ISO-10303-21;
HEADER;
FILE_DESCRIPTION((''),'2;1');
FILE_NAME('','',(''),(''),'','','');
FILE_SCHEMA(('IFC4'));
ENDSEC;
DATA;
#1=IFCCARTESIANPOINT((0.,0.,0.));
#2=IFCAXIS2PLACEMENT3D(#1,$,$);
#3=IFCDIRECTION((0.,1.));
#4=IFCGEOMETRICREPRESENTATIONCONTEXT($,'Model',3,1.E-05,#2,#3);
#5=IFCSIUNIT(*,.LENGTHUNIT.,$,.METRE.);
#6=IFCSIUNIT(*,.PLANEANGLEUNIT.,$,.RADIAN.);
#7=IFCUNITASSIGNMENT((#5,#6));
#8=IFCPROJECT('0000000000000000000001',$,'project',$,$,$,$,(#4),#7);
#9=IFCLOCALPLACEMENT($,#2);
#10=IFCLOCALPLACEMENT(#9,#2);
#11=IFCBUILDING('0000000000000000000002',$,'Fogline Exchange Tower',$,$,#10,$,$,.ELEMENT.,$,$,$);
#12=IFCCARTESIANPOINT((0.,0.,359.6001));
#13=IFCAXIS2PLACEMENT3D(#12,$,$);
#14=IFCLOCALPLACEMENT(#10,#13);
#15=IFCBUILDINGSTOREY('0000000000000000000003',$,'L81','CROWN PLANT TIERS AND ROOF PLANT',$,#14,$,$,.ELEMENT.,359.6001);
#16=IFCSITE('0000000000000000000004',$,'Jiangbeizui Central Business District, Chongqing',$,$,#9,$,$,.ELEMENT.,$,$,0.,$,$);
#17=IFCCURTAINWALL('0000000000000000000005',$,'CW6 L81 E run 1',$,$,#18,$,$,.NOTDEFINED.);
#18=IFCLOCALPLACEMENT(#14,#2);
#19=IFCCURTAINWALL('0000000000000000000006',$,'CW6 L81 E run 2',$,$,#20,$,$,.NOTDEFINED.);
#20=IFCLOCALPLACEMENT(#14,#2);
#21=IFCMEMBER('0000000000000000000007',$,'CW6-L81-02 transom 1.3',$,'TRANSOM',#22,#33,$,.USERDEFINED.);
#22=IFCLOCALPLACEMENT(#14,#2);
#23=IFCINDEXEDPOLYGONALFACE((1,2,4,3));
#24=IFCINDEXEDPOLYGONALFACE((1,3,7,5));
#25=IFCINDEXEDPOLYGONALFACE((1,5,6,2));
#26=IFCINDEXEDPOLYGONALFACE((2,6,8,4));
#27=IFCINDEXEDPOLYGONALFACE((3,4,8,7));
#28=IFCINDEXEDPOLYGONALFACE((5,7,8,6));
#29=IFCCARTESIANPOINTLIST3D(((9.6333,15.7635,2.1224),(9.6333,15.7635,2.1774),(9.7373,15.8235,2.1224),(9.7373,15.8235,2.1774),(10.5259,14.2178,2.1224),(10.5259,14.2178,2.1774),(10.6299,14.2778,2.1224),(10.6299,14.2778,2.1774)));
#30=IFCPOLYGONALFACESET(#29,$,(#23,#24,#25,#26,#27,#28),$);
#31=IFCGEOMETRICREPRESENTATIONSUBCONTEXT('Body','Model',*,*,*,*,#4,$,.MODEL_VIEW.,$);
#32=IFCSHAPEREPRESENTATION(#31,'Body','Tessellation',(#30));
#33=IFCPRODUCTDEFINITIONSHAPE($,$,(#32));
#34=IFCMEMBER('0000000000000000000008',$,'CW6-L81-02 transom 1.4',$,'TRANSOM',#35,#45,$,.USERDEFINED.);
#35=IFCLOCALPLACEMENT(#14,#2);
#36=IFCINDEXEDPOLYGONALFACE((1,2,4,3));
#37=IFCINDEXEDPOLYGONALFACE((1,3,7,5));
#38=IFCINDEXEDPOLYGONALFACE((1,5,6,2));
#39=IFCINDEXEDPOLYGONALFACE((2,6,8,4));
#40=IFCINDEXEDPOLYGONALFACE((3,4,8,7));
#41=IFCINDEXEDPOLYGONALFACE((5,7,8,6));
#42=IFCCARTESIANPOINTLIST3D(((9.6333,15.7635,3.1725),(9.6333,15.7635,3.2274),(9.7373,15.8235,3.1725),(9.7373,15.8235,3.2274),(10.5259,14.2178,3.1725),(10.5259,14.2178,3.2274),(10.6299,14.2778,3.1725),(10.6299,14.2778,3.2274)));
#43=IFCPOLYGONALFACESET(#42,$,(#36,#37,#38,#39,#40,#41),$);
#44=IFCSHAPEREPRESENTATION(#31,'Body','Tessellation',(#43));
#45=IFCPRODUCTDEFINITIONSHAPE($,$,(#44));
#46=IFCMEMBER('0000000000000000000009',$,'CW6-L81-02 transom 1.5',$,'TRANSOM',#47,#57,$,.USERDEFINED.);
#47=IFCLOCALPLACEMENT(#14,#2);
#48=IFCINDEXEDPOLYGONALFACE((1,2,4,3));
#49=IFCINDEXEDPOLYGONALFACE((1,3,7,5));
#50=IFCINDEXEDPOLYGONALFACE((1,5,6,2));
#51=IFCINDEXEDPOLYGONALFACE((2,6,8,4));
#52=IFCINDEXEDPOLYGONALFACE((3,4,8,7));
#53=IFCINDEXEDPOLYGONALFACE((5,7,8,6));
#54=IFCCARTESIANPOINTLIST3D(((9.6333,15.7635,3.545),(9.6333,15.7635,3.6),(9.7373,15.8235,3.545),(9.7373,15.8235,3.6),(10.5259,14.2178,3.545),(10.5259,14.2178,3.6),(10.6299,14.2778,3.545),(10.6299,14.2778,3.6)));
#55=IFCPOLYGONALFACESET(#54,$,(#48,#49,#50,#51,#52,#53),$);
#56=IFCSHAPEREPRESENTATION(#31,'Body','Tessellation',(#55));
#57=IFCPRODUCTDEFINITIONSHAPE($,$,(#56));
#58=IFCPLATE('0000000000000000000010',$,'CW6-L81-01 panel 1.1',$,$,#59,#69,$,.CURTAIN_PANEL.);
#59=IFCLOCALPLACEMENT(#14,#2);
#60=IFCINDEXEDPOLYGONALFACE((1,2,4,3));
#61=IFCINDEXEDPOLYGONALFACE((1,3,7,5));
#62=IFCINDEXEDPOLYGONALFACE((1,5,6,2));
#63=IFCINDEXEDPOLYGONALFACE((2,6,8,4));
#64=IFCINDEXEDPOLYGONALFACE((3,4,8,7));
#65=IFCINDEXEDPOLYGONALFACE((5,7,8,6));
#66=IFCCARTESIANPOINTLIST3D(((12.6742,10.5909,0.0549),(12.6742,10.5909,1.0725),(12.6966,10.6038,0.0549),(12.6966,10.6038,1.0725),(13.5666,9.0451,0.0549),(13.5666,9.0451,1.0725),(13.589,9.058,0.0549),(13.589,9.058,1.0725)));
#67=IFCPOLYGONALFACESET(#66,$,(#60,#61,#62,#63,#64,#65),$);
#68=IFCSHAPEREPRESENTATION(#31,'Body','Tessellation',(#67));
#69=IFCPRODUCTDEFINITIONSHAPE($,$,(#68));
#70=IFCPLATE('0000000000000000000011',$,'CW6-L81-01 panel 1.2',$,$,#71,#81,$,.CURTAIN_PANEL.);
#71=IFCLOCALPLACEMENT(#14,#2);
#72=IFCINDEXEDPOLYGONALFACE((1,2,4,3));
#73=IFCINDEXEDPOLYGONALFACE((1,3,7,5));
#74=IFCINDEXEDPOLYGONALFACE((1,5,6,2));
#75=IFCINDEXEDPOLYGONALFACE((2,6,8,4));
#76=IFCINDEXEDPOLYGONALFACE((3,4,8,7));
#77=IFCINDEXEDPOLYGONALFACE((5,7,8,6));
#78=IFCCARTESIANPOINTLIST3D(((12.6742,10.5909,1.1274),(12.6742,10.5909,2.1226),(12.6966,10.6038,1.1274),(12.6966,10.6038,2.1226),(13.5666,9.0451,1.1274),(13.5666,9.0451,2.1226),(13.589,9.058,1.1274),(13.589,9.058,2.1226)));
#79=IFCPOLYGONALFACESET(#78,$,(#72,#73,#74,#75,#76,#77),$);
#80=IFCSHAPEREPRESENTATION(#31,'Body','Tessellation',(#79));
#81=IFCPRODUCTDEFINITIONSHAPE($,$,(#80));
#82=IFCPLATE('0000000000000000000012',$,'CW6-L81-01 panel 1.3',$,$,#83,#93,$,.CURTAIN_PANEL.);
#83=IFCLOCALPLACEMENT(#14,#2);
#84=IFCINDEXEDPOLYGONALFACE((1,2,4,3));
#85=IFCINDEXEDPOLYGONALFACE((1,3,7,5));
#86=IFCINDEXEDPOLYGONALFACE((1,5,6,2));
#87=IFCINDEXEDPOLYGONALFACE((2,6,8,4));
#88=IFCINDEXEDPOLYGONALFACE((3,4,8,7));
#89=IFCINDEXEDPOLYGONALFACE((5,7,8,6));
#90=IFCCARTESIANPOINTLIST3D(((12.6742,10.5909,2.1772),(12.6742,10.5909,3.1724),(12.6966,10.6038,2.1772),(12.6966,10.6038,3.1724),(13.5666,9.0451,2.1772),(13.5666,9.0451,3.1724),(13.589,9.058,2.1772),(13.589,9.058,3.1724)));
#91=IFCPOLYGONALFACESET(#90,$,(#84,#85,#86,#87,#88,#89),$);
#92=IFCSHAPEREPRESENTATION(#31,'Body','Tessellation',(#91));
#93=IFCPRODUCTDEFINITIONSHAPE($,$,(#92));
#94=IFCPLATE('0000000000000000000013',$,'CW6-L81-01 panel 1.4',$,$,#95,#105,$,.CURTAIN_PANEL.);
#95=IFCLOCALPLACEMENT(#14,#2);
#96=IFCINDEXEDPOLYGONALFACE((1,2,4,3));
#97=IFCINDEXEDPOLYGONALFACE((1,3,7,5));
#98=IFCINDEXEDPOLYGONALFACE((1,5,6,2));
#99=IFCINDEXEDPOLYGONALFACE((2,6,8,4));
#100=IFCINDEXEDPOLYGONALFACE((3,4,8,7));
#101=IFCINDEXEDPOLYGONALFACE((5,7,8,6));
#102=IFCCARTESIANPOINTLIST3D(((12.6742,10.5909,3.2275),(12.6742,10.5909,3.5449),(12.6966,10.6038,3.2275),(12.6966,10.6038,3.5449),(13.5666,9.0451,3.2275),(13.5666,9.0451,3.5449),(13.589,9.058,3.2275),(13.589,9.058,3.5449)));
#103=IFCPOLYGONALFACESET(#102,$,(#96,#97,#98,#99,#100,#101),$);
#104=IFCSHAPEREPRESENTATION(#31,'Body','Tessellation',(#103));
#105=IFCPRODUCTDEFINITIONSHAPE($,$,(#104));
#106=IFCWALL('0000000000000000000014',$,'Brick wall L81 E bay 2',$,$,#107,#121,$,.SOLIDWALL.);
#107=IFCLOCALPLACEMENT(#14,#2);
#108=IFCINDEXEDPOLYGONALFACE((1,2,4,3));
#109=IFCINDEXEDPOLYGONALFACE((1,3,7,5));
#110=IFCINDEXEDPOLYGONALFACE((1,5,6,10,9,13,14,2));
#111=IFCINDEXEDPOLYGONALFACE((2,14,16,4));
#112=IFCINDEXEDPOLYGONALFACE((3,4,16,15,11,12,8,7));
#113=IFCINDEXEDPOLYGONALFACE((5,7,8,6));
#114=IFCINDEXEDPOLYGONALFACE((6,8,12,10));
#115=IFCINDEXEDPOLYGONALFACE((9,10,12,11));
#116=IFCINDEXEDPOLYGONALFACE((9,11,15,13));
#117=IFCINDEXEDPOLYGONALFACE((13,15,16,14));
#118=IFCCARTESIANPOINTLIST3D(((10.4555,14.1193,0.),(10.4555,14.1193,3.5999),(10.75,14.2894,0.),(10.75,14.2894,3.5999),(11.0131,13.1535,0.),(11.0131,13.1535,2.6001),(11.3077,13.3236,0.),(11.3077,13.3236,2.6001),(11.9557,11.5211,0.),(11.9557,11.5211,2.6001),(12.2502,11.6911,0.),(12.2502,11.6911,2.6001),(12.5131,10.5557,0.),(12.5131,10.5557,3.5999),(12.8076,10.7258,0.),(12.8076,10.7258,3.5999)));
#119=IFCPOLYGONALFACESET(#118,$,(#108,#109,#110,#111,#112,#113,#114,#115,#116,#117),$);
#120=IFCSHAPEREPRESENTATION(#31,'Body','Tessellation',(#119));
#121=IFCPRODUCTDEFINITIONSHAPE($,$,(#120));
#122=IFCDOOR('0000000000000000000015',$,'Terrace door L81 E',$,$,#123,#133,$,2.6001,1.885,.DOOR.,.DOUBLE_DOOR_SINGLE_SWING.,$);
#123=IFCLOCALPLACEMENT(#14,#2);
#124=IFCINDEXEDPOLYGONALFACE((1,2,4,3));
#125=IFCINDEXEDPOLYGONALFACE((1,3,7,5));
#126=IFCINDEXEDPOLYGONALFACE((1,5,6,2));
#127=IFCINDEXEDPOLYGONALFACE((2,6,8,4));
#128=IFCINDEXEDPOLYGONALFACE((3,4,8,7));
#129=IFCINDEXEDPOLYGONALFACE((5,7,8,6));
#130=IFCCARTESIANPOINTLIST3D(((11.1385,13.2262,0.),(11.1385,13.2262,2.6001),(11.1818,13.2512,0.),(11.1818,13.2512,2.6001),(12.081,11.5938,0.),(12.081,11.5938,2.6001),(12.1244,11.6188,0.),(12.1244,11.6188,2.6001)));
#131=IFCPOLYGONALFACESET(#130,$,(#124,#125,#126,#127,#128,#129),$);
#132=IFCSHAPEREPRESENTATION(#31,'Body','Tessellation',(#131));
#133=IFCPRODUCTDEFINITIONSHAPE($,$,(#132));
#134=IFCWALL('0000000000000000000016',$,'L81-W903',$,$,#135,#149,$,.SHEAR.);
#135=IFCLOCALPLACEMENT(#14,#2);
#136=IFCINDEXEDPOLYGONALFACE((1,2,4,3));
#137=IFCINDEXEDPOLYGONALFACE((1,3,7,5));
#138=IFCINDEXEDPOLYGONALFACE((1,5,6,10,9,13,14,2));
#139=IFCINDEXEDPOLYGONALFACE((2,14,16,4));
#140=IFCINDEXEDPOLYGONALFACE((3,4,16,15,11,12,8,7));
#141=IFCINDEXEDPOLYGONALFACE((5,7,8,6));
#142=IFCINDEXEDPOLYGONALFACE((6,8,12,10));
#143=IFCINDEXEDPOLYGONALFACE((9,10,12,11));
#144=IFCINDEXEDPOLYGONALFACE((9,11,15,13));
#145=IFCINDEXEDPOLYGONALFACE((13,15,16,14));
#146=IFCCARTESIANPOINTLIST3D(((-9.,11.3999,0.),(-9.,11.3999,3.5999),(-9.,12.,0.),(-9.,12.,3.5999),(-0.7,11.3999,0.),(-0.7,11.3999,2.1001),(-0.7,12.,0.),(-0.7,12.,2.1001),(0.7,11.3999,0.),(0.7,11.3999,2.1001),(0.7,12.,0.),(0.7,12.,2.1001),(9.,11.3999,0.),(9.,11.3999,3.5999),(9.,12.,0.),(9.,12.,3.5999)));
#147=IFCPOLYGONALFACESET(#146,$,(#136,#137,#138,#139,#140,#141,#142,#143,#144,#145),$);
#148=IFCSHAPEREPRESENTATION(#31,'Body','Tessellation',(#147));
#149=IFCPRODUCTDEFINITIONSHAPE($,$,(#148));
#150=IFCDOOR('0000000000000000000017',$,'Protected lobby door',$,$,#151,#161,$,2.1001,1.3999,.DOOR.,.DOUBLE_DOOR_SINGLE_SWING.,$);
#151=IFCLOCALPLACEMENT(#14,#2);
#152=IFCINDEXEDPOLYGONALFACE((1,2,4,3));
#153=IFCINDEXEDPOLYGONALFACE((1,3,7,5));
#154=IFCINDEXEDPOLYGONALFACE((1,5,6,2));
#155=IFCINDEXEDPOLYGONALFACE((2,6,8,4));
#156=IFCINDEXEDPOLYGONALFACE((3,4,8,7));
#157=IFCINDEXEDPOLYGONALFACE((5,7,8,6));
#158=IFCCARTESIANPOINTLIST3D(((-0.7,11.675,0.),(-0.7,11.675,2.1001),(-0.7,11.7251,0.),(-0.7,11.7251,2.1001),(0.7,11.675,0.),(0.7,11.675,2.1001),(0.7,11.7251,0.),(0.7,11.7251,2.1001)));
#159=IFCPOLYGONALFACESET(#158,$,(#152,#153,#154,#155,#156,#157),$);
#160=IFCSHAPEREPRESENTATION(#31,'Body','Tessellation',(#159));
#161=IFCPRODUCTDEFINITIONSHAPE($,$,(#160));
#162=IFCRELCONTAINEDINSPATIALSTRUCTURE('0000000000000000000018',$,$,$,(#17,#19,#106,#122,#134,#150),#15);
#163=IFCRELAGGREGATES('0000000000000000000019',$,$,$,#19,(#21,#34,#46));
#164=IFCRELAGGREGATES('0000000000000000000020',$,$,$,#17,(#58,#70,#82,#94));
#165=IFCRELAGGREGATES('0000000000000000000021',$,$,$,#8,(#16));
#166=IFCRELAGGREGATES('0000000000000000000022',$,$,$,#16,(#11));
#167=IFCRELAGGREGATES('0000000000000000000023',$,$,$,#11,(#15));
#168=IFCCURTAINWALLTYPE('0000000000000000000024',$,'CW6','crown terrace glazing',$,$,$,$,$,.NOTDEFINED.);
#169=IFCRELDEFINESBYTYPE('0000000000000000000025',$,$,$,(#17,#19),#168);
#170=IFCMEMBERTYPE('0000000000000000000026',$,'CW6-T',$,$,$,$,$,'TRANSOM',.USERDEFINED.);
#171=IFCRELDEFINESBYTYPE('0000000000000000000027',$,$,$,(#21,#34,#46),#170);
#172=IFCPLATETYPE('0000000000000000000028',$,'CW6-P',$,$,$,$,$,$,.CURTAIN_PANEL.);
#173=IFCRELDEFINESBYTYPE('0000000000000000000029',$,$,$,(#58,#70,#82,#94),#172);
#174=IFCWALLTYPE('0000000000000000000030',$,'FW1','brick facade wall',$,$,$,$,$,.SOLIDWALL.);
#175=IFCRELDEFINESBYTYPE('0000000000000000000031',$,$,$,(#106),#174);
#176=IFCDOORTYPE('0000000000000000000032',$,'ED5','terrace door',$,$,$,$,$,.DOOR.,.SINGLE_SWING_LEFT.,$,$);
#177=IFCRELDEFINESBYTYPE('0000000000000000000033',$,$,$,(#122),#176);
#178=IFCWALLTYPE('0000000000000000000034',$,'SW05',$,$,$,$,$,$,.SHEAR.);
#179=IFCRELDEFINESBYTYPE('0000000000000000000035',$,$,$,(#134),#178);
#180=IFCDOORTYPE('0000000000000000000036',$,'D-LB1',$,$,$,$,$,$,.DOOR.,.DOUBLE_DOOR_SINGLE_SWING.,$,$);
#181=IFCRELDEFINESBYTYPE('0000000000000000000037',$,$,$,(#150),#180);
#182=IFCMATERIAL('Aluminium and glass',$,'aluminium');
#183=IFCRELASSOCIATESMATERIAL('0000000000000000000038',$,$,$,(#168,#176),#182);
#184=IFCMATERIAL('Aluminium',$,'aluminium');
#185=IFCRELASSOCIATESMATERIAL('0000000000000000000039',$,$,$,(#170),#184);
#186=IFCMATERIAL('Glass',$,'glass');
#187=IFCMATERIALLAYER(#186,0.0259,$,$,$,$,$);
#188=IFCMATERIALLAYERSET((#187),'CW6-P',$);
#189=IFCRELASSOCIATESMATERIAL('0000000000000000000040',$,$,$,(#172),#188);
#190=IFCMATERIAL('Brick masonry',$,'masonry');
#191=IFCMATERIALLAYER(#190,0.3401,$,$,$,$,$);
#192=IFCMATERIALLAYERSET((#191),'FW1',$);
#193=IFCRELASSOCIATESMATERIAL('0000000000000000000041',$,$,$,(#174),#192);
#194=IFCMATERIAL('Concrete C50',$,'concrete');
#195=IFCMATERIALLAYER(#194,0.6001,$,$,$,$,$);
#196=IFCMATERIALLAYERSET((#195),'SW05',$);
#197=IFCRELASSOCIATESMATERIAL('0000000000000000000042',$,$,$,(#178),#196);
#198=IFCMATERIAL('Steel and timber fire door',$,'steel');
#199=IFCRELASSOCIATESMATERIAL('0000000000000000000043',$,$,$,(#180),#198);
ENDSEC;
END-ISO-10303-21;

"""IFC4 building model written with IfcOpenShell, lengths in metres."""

from ifc_helpers import new_model, si_unit, direction, frame, frame_2d, origin, origin_2d, place, context, subcontext, project, spatial, rectangle, extrude, material, layer, layer_set, material_profile, profile_set, type_object, element, fill, aggregate, save


model = new_model("IFC4")

# Units and contexts
model_context = context("Model", 3, precision=1e-05, world=origin(), true_north=direction((0.0, 1.0)))
body_context = subcontext(model_context, "Body", "Model", "MODEL_VIEW")
ifc_project = project(units=[si_unit("LENGTHUNIT", "METRE"), si_unit("PLANEANGLEUNIT", "RADIAN")], contexts=[model_context])

# Site, building, storey
site_placement = place(None, origin())
site = spatial("IfcSite", under=ifc_project, at=site_placement, Name="Jiangbeizui Central Business District, Chongqing", CompositionType="ELEMENT", RefElevation=0.0)
building_placement = place(site_placement, origin())
building = spatial("IfcBuilding", under=site, at=building_placement, Name="Fogline Exchange Tower", CompositionType="ELEMENT")
storey_placement = place(building_placement, frame((0.0, 0.0, 359.6001)))
storey = spatial("IfcBuildingStorey", under=building, at=storey_placement, Name="L81", Description="CROWN PLANT TIERS AND ROOF PLANT", CompositionType="ELEMENT", Elevation=359.6001)

# Curtain walls
ifc_material_1 = material(Name="Aluminium and glass", Category="aluminium")
curtain_wall_type = type_object("IfcCurtainWallType", Name="CW6", Description="crown terrace glazing", PredefinedType="NOTDEFINED", material=ifc_material_1)
curtain_wall_1_placement = place(storey_placement, origin())
curtain_wall_1 = element("IfcCurtainWall", 1, at=curtain_wall_1_placement, inside=storey, type_object=curtain_wall_type, Name="CW6 L81 E run 1", PredefinedType="NOTDEFINED")
ifc_material_2 = material(Name="Aluminium", Category="aluminium")
curtain_wall_2_placement = place(storey_placement, origin())
curtain_wall_2 = element("IfcCurtainWall", 2, at=curtain_wall_2_placement, inside=storey, type_object=curtain_wall_type, Name="CW6 L81 E run 2", PredefinedType="NOTDEFINED")

# Members
ifc_material_profile_1 = material_profile(ifc_material_2, rectangle(XDim=0.1201, YDim=0.0549, at=origin_2d()), Name="Transom 55x120")
ifc_profile_set_1 = profile_set([ifc_material_profile_1], Name="Aluminium")
member_type_1 = type_object("IfcMemberType", Name="CW6-T", ElementType="TRANSOM", PredefinedType="USERDEFINED", material=ifc_profile_set_1)
member_1_placement = place(storey_placement, frame((10.5779, 14.2478, 2.1499), z_axis=(-0.500082, 0.865978, 0.0), x_axis=(-0.865978, -0.500082, 0.0)))
member_1 = element("IfcMember", 3, at=member_1_placement, type_object=member_type_1, Name="CW6-L81-02 transom 1.3", ObjectType="TRANSOM", PredefinedType="USERDEFINED", context=body_context, shape_type="SweptSolid", body=[
    extrude(rectangle(XDim=0.1201, YDim=0.0549, at=origin_2d()), origin(), (0.0, 0.0, 1.0), 1.7849),
])
member_2_placement = place(storey_placement, frame((10.5779, 14.2478, 3.2), z_axis=(-0.500082, 0.865978, 0.0), x_axis=(-0.865978, -0.500082, 0.0)))
member_2 = element("IfcMember", 4, at=member_2_placement, type_object=member_type_1, Name="CW6-L81-02 transom 1.4", ObjectType="TRANSOM", PredefinedType="USERDEFINED", context=body_context, shape_type="SweptSolid", body=[
    extrude(rectangle(XDim=0.1201, YDim=0.0549, at=origin_2d()), origin(), (0.0, 0.0, 1.0), 1.7849),
])
member_3_placement = place(storey_placement, frame((10.5779, 14.2478, 3.5725), z_axis=(-0.500082, 0.865978, 0.0), x_axis=(-0.865978, -0.500082, 0.0)))
member_3 = element("IfcMember", 5, at=member_3_placement, type_object=member_type_1, Name="CW6-L81-02 transom 1.5", ObjectType="TRANSOM", PredefinedType="USERDEFINED", context=body_context, shape_type="SweptSolid", body=[
    extrude(rectangle(XDim=0.1201, YDim=0.0549, at=origin_2d()), origin(), (0.0, 0.0, 1.0), 1.7849),
])
aggregate(curtain_wall_2, [member_1, member_2, member_3])

# Plates
ifc_material_3 = material(Name="Glass", Category="glass")
ifc_layer_1 = layer(ifc_material_3, 0.0259)
ifc_layer_set_1 = layer_set([ifc_layer_1], Name="CW6-P")
plate_type = type_object("IfcPlateType", Name="CW6-P", PredefinedType="CURTAIN_PANEL", material=ifc_layer_set_1)
plate_1_placement = place(storey_placement, frame((13.1316, 9.8245, 0.0549), z_axis=(0.0, 0.0, 1.0), x_axis=(-0.500002, 0.866024, 0.0)))
plate_1 = element("IfcPlate", 6, at=plate_1_placement, type_object=plate_type, Name="CW6-L81-01 panel 1.1", PredefinedType="CURTAIN_PANEL", context=body_context, shape_type="SweptSolid", body=[
    extrude(rectangle(XDim=1.7849, YDim=0.0259, at=origin_2d()), origin(), (0.0, 0.0, 1.0), 1.0176),
])
plate_2_placement = place(storey_placement, frame((13.1316, 9.8245, 1.1274), z_axis=(0.0, 0.0, 1.0), x_axis=(-0.500002, 0.866024, 0.0)))
plate_2 = element("IfcPlate", 7, at=plate_2_placement, type_object=plate_type, Name="CW6-L81-01 panel 1.2", PredefinedType="CURTAIN_PANEL", context=body_context, shape_type="SweptSolid", body=[
    extrude(rectangle(XDim=1.7849, YDim=0.0259, at=origin_2d()), origin(), (0.0, 0.0, 1.0), 0.9951),
])
plate_3_placement = place(storey_placement, frame((13.1316, 9.8245, 2.1772), z_axis=(0.0, 0.0, 1.0), x_axis=(-0.500002, 0.866024, 0.0)))
plate_3 = element("IfcPlate", 8, at=plate_3_placement, type_object=plate_type, Name="CW6-L81-01 panel 1.3", PredefinedType="CURTAIN_PANEL", context=body_context, shape_type="SweptSolid", body=[
    extrude(rectangle(XDim=1.7849, YDim=0.0259, at=origin_2d()), origin(), (0.0, 0.0, 1.0), 0.9951),
])
plate_4_placement = place(storey_placement, frame((13.1316, 9.8245, 3.2275), z_axis=(0.0, 0.0, 1.0), x_axis=(-0.500002, 0.866024, 0.0)))
plate_4 = element("IfcPlate", 9, at=plate_4_placement, type_object=plate_type, Name="CW6-L81-01 panel 1.4", PredefinedType="CURTAIN_PANEL", context=body_context, shape_type="SweptSolid", body=[
    extrude(rectangle(XDim=1.7849, YDim=0.0259, at=origin_2d()), origin(), (0.0, 0.0, 1.0), 0.3174),
])
aggregate(curtain_wall_1, [plate_1, plate_2, plate_3, plate_4])

# Walls, openings, doors
ifc_material_4 = material(Name="Brick masonry", Category="masonry")
ifc_layer_2 = layer(ifc_material_4, 0.3401)
ifc_layer_set_2 = layer_set([ifc_layer_2], Name="FW1")
wall_type_1 = type_object("IfcWallType", Name="FW1", Description="brick facade wall", PredefinedType="SOLIDWALL", material=ifc_layer_set_2)
wall_1_placement = place(storey_placement, frame((12.6604, 10.6406, 0.0), z_axis=(0.0, 0.0, 1.0), x_axis=(-0.500019, 0.866015, 0.0)))
wall_1 = element("IfcWall", 10, at=wall_1_placement, inside=storey, type_object=wall_type_1, Name="Brick wall L81 E bay 2", PredefinedType="SOLIDWALL", context=body_context, shape_type="SweptSolid", body=[
    extrude(rectangle(XDim=4.115, YDim=0.3401, at=frame_2d((2.0576, 0.0))), origin(), (0.0, 0.0, 1.0), 3.5999),
])
opening_1_placement = place(wall_1_placement, frame((1.115, 0.0, 0.0)))
opening_1 = element("IfcOpeningElement", 11, at=opening_1_placement, cuts=wall_1, PredefinedType="OPENING", context=body_context, shape_type="SweptSolid", body=[
    extrude(rectangle(XDim=1.885, YDim=2.6001, at=frame_2d((0.9424, 1.3))), frame((0.0, 0.1802, 0.0), z_axis=(0.0, -1.0, 0.0), x_axis=(1.0, 0.0, 0.0)), (0.0, 0.0, 1.0), 0.3601),
])
door_type_1 = type_object("IfcDoorType", Name="ED5", Description="terrace door", OperationType="SINGLE_SWING_LEFT", PredefinedType="DOOR", material=ifc_material_1)
door_1_placement = place(opening_1_placement, frame((1.885, 0.0, 0.0), z_axis=(0.0, 0.0, 1.0), x_axis=(-1.0, 0.0, 0.0)))
door_1 = element("IfcDoor", 12, at=door_1_placement, inside=storey, type_object=door_type_1, Name="Terrace door L81 E", OperationType="DOUBLE_DOOR_SINGLE_SWING", OverallHeight=2.6001, OverallWidth=1.885, PredefinedType="DOOR", context=body_context, shape_type="SweptSolid", body=[
    extrude(rectangle(XDim=1.885, YDim=2.6001, at=frame_2d((0.9424, 1.3))), frame((0.0, 0.0249, 0.0), z_axis=(0.0, -1.0, 0.0), x_axis=(1.0, 0.0, 0.0)), (0.0, 0.0, 1.0), 0.05),
])
fill(opening_1, door_1)
ifc_material_5 = material(Name="Concrete C50", Category="concrete")
ifc_layer_3 = layer(ifc_material_5, 0.6001)
ifc_layer_set_3 = layer_set([ifc_layer_3], Name="SW05")
wall_type_2 = type_object("IfcWallType", Name="SW05", PredefinedType="SHEAR", material=ifc_layer_set_3)
wall_2_placement = place(storey_placement, frame((9.0, 11.7, 0.0), z_axis=(0.0, 0.0, 1.0), x_axis=(-1.0, 0.0, 0.0)))
wall_2 = element("IfcWall", 13, at=wall_2_placement, inside=storey, type_object=wall_type_2, Name="L81-W903", PredefinedType="SHEAR", context=body_context, shape_type="SweptSolid", body=[
    extrude(rectangle(XDim=18.0, YDim=0.6001, at=frame_2d((9.0, 0.0))), origin(), (0.0, 0.0, 1.0), 3.5999),
])
opening_2_placement = place(wall_2_placement, frame((8.3, 0.0, 0.0)))
opening_2 = element("IfcOpeningElement", 14, at=opening_2_placement, cuts=wall_2, PredefinedType="OPENING", context=body_context, shape_type="SweptSolid", body=[
    extrude(rectangle(XDim=1.3999, YDim=2.1001, at=frame_2d((0.7, 1.05))), frame((0.0, 0.3101, 0.0), z_axis=(0.0, -1.0, 0.0), x_axis=(1.0, 0.0, 0.0)), (0.0, 0.0, 1.0), 0.6201),
])
ifc_material_6 = material(Name="Steel and timber fire door", Category="steel")
door_type_2 = type_object("IfcDoorType", Name="D-LB1", OperationType="DOUBLE_DOOR_SINGLE_SWING", PredefinedType="DOOR", material=ifc_material_6)
door_2_placement = place(opening_2_placement, origin())
door_2 = element("IfcDoor", 15, at=door_2_placement, inside=storey, type_object=door_type_2, Name="Protected lobby door", OperationType="DOUBLE_DOOR_SINGLE_SWING", OverallHeight=2.1001, OverallWidth=1.3999, PredefinedType="DOOR", context=body_context, shape_type="SweptSolid", body=[
    extrude(rectangle(XDim=1.3999, YDim=2.1001, at=frame_2d((0.7, 1.05))), frame((0.0, 0.0249, 0.0), z_axis=(0.0, -1.0, 0.0), x_axis=(1.0, 0.0, 0.0)), (0.0, 0.0, 1.0), 0.05),
])
fill(opening_2, door_2)

save(model, "model.ifc")
